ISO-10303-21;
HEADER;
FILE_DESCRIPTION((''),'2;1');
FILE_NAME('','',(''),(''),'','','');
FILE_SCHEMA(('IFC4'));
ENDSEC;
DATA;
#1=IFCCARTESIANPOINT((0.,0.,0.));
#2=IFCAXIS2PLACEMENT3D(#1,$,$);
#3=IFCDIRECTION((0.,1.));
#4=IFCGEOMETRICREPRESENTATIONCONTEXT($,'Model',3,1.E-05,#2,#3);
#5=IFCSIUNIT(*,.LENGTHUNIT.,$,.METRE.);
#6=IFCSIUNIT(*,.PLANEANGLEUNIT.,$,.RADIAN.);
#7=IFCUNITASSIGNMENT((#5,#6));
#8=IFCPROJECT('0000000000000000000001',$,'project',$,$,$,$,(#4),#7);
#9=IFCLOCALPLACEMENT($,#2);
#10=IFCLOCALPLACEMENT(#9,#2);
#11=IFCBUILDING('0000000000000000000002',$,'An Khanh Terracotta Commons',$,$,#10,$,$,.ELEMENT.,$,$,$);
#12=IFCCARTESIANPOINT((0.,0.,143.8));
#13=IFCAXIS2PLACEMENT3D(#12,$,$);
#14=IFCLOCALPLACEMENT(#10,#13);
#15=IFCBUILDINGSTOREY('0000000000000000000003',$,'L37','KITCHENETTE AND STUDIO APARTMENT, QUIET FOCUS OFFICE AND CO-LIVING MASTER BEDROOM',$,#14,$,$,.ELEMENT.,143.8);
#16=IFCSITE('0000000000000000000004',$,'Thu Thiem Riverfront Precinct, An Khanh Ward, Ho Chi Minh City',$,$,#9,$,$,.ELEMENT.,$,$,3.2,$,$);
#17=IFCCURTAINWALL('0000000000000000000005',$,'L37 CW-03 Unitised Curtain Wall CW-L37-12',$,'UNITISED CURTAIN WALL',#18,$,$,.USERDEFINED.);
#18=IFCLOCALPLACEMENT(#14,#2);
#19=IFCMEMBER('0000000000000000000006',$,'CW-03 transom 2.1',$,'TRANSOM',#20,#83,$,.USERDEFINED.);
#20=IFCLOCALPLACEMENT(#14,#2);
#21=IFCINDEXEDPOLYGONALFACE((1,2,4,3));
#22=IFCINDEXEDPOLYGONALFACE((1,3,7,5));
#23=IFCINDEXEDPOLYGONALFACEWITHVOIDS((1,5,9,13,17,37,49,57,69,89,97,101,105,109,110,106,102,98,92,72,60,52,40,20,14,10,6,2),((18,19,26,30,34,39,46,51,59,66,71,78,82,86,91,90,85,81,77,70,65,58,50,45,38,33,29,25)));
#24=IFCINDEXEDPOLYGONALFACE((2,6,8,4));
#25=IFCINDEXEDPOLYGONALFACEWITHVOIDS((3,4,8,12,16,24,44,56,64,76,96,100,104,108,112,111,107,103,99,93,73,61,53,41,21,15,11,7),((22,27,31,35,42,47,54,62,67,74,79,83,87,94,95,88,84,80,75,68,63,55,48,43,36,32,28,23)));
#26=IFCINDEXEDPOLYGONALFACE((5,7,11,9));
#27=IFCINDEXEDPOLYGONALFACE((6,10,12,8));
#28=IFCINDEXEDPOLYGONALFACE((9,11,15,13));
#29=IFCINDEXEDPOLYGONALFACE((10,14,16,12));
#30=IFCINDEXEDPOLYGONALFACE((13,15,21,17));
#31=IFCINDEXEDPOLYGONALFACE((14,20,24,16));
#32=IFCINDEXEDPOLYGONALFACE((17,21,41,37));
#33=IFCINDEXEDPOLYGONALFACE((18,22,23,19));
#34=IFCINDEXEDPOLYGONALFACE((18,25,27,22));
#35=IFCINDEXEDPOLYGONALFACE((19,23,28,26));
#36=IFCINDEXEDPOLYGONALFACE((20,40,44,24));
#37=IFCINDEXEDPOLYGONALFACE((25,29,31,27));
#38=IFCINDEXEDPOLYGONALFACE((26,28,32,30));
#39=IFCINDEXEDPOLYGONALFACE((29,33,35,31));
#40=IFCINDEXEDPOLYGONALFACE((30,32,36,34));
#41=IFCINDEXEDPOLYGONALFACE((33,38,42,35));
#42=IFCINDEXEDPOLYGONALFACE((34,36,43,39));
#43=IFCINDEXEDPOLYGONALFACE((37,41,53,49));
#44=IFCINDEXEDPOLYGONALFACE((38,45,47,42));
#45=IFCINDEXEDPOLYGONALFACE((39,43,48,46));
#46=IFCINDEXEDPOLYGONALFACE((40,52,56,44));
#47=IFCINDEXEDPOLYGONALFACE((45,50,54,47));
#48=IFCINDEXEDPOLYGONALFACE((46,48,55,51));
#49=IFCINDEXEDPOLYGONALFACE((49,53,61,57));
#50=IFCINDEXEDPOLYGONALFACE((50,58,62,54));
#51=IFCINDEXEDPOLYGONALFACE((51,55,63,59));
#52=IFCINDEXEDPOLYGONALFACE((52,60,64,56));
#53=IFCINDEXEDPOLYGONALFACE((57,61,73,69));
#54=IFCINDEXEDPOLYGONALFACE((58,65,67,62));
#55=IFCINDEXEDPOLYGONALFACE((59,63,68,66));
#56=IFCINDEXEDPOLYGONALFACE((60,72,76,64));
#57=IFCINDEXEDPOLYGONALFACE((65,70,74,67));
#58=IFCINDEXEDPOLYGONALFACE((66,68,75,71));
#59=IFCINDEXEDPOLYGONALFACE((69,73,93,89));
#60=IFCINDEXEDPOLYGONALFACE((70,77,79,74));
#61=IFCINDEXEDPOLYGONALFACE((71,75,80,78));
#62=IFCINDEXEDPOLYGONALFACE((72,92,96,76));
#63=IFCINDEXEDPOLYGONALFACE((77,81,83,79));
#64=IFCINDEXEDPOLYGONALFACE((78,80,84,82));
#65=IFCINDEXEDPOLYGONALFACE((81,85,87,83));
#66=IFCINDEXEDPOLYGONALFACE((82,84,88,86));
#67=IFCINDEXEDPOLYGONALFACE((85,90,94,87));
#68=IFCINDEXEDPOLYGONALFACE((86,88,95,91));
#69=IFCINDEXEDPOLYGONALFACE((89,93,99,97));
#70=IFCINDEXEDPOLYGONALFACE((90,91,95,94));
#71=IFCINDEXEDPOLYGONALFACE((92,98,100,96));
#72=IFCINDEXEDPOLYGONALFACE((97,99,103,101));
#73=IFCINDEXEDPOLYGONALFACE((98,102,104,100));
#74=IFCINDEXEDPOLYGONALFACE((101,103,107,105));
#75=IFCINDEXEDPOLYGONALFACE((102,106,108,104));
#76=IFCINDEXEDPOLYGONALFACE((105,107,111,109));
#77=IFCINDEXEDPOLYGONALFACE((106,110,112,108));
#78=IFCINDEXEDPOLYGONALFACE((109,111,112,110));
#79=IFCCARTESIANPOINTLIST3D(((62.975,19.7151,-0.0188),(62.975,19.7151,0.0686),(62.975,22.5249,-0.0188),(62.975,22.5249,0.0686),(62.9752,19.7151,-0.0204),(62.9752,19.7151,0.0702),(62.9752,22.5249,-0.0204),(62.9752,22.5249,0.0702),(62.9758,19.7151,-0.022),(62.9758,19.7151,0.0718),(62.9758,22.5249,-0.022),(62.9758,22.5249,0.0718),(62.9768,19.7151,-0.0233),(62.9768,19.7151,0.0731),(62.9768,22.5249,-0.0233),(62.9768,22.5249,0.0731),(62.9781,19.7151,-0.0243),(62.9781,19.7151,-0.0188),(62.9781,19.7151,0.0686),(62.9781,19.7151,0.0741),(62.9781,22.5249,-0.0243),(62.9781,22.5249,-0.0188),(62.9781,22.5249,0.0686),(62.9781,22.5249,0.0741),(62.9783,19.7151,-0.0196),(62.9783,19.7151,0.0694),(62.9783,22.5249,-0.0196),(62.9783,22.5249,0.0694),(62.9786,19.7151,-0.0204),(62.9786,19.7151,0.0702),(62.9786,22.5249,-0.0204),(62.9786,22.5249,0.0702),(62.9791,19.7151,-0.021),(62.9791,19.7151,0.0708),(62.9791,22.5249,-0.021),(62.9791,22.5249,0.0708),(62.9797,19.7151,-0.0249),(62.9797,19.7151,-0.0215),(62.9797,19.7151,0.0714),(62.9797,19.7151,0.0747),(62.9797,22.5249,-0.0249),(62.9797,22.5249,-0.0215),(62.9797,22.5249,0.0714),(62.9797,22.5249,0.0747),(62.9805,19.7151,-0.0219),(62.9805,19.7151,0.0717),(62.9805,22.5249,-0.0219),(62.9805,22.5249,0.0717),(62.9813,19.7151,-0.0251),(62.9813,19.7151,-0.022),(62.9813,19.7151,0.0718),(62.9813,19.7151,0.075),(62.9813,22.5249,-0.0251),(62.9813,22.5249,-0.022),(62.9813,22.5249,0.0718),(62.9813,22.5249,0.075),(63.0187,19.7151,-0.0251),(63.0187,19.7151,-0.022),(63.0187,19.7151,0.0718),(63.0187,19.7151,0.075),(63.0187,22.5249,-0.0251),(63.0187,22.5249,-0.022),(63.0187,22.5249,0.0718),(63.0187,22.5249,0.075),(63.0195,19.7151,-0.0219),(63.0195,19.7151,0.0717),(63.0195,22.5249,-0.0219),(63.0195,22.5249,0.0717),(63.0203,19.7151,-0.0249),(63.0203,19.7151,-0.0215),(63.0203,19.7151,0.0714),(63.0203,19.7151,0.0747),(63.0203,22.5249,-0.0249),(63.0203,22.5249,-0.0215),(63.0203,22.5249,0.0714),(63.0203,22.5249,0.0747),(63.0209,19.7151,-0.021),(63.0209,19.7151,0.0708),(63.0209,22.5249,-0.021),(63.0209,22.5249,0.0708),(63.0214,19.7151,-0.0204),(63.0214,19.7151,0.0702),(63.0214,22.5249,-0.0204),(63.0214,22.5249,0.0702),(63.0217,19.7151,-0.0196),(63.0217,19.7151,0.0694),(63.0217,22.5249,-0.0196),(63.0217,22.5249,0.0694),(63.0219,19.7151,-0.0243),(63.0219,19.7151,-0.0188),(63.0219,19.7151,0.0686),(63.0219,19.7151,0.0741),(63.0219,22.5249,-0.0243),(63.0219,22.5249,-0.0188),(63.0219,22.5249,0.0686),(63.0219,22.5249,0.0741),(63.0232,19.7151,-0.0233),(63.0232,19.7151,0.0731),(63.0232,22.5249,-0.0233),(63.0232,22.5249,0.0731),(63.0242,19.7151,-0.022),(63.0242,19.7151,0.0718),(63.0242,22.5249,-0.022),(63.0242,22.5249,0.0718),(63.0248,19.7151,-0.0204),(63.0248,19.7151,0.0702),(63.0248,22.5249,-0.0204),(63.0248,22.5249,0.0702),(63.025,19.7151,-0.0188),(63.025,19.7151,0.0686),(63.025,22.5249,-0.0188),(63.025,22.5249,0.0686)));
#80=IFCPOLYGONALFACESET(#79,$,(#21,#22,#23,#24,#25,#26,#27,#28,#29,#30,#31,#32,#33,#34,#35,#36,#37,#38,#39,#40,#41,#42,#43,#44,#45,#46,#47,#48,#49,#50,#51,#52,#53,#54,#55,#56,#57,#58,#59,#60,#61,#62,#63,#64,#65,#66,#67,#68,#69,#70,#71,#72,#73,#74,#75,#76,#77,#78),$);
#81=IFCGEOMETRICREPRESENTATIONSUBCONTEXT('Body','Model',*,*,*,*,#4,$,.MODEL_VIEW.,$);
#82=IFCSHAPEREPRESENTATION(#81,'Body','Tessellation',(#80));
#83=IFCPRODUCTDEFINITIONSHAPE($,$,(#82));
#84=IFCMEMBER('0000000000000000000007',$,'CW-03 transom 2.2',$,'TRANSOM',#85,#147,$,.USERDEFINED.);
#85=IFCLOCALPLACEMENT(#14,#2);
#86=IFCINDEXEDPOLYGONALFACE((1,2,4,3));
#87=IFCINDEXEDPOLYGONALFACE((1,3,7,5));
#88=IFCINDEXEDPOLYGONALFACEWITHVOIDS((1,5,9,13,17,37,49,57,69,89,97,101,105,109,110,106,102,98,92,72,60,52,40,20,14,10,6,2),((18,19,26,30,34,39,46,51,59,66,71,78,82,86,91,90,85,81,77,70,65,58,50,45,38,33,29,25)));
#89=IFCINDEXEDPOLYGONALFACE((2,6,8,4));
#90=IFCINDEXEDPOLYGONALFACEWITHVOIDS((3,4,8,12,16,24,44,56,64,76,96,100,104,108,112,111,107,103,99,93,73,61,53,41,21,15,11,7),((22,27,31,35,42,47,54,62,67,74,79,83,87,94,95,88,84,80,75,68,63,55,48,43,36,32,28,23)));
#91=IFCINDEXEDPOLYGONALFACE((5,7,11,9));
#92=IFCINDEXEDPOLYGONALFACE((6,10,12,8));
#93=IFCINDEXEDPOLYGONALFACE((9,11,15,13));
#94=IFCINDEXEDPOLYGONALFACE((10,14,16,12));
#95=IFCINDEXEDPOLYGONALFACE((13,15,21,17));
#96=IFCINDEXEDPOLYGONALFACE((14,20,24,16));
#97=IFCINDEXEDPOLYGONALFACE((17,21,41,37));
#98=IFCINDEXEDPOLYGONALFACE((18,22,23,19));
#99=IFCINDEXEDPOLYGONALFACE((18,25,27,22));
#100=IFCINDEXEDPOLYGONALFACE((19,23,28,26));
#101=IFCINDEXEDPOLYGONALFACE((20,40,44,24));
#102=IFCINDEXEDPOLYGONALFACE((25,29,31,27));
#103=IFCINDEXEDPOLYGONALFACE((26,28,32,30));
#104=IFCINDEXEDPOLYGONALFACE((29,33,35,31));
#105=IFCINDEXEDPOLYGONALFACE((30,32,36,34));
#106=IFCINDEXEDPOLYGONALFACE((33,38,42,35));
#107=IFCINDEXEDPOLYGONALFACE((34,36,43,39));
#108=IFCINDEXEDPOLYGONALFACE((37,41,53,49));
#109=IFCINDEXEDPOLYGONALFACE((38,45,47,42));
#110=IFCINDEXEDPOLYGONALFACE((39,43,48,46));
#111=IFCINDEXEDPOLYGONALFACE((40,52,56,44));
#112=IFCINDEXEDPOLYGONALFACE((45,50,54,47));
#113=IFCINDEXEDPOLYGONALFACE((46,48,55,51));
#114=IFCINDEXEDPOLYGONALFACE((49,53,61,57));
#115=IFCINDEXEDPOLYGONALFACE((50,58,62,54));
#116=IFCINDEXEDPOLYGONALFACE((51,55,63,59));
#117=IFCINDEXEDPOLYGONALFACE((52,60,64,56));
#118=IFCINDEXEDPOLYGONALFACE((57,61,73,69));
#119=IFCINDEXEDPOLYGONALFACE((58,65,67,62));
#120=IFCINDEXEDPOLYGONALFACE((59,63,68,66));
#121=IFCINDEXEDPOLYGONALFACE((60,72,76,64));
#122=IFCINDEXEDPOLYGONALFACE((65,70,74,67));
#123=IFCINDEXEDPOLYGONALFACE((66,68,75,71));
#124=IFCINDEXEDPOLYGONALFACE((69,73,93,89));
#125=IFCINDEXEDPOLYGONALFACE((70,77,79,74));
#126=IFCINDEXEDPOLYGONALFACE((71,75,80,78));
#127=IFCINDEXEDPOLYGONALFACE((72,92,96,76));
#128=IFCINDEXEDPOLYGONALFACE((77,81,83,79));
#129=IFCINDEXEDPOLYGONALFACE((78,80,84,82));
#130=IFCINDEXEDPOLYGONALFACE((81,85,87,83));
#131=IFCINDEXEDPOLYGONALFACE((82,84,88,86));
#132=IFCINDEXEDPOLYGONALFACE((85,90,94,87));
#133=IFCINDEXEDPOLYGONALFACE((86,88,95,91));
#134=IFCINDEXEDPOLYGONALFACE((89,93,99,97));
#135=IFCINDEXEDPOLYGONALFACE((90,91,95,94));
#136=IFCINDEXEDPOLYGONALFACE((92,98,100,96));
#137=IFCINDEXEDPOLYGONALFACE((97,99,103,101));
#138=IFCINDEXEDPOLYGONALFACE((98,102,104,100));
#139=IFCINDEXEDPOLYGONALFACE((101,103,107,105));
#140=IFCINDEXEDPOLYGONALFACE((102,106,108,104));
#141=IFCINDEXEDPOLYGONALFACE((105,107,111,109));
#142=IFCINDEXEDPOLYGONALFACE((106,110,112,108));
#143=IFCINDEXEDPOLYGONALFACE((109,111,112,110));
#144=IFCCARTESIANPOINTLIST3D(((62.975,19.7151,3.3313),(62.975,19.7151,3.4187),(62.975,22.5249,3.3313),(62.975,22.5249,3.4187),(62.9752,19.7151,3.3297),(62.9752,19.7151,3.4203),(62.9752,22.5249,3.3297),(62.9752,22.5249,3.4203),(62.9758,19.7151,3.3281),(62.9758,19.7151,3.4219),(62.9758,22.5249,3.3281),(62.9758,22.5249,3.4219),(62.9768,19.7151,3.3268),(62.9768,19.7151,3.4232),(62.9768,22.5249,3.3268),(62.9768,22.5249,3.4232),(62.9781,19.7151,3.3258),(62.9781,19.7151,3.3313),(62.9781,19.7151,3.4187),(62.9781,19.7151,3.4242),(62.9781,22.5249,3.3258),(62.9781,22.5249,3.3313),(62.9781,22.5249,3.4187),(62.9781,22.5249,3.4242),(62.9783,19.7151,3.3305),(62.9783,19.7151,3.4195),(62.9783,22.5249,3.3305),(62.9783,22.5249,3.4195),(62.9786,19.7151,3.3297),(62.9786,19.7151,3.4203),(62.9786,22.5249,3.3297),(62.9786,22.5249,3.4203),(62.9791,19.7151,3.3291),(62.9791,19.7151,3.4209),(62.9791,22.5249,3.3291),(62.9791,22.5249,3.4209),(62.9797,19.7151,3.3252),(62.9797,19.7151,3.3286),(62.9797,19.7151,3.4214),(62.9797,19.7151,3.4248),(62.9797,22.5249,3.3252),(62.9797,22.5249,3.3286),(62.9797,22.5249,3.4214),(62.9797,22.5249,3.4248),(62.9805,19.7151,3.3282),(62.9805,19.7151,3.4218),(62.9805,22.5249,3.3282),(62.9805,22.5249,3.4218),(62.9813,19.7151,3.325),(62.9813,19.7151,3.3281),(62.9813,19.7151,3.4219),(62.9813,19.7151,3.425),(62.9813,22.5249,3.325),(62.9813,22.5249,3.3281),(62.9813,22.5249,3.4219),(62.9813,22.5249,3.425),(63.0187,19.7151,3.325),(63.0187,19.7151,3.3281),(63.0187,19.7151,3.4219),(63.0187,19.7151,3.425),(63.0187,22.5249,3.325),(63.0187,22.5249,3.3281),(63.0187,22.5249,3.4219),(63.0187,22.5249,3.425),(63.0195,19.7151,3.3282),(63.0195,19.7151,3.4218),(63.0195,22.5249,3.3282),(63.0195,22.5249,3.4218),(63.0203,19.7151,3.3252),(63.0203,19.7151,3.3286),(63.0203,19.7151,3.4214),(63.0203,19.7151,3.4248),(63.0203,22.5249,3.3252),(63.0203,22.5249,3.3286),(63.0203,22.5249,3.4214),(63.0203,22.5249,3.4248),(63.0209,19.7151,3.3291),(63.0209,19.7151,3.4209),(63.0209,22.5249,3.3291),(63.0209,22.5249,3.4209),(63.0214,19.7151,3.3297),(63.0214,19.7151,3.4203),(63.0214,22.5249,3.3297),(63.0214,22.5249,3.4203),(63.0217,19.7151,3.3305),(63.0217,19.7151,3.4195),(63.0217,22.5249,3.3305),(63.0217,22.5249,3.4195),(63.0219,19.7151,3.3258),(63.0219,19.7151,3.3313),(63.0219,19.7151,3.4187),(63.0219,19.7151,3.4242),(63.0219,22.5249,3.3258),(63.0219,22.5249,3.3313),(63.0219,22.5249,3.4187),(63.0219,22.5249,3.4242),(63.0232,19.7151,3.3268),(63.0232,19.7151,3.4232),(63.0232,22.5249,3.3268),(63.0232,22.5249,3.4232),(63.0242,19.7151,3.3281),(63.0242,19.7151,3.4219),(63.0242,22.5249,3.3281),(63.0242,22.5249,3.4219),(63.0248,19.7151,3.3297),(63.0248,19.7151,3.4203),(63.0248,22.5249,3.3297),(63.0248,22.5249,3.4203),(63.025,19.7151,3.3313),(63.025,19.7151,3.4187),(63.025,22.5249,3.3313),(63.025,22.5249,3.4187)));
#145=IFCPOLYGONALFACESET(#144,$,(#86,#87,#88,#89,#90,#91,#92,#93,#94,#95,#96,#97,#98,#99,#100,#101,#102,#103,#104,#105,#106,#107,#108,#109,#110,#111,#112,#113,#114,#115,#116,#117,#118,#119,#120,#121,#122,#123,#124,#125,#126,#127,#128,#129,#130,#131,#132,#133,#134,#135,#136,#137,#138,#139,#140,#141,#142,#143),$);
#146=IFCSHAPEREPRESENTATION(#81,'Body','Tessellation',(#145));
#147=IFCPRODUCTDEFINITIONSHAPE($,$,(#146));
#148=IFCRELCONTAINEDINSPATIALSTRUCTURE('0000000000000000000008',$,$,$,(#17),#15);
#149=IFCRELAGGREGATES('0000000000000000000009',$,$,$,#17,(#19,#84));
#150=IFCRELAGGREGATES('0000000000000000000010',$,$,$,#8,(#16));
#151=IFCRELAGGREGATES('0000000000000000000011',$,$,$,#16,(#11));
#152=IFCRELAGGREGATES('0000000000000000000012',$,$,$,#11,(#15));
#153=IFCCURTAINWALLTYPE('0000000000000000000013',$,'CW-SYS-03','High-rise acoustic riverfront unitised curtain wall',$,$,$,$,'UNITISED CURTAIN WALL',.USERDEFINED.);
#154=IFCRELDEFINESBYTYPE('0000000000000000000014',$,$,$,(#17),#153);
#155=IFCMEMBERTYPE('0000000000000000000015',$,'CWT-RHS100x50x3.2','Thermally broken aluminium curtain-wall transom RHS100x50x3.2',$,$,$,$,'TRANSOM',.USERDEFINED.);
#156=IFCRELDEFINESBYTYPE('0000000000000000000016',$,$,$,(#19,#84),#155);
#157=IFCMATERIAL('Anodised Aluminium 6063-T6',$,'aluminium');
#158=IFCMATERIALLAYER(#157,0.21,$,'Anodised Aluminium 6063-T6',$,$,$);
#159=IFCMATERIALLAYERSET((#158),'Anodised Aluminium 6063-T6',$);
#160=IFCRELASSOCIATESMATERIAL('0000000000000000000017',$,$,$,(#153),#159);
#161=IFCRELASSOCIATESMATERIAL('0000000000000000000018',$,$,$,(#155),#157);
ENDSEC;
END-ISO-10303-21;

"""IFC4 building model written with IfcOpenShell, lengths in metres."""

from ifc_helpers import new_model, si_unit, direction, frame, origin, origin_2d, place, context, subcontext, project, spatial, hollow_rectangle, extrude, material, layer, layer_set, material_profile, profile_set, type_object, element, aggregate, save


model = new_model("IFC4")

# Units and contexts
model_context = context("Model", 3, precision=1e-05, world=origin(), true_north=direction((0.0, 1.0)))
body_context = subcontext(model_context, "Body", "Model", "MODEL_VIEW")
ifc_project = project(units=[si_unit("LENGTHUNIT", "METRE"), si_unit("PLANEANGLEUNIT", "RADIAN")], contexts=[model_context])

# Site, building, storey
site_placement = place(None, origin())
site = spatial("IfcSite", under=ifc_project, at=site_placement, Name="Thu Thiem Riverfront Precinct, An Khanh Ward, Ho Chi Minh City", CompositionType="ELEMENT", RefElevation=3.2)
building_placement = place(site_placement, origin())
building = spatial("IfcBuilding", under=site, at=building_placement, Name="An Khanh Terracotta Commons", CompositionType="ELEMENT")
storey_placement = place(building_placement, frame((0.0, 0.0, 143.8)))
storey = spatial("IfcBuildingStorey", under=building, at=storey_placement, Name="L37", Description="KITCHENETTE AND STUDIO APARTMENT, QUIET FOCUS OFFICE AND CO-LIVING MASTER BEDROOM", CompositionType="ELEMENT", Elevation=143.8)

# Curtain wall
ifc_material_1 = material(Name="Anodised Aluminium 6063-T6", Category="aluminium")
ifc_layer_1 = layer(ifc_material_1, 0.21, Name="Anodised Aluminium 6063-T6")
ifc_layer_set_1 = layer_set([ifc_layer_1], Name="Anodised Aluminium 6063-T6")
curtain_wall_type = type_object("IfcCurtainWallType", Name="CW-SYS-03", Description="High-rise acoustic riverfront unitised curtain wall", ElementType="UNITISED CURTAIN WALL", PredefinedType="USERDEFINED", material=ifc_layer_set_1)
curtain_wall_1_placement = place(storey_placement, origin())
curtain_wall_1 = element("IfcCurtainWall", 1, at=curtain_wall_1_placement, inside=storey, type_object=curtain_wall_type, Name="L37 CW-03 Unitised Curtain Wall CW-L37-12", ObjectType="UNITISED CURTAIN WALL", PredefinedType="USERDEFINED")

# Members
ifc_material_profile_1 = material_profile(ifc_material_1, hollow_rectangle(XDim=0.05, YDim=0.1001, WallThickness=0.0032, InnerFilletRadius=0.0032, OuterFilletRadius=0.0063, at=origin_2d()), Name="RHS100x50x3.2")
ifc_profile_set_1 = profile_set([ifc_material_profile_1], Name="Anodised Aluminium 6063-T6")
member_type_1 = type_object("IfcMemberType", Name="CWT-RHS100x50x3.2", Description="Thermally broken aluminium curtain-wall transom RHS100x50x3.2", ElementType="TRANSOM", PredefinedType="USERDEFINED", material=ifc_profile_set_1)
member_1_placement = place(storey_placement, frame((63.0, 19.7151, 0.0249), z_axis=(0.0, 1.0, 0.0), x_axis=(-1.0, 0.0, 0.0)))
member_1 = element("IfcMember", 2, at=member_1_placement, type_object=member_type_1, Name="CW-03 transom 2.1", ObjectType="TRANSOM", PredefinedType="USERDEFINED", context=body_context, shape_type="SweptSolid", body=[
    extrude(hollow_rectangle(XDim=0.05, YDim=0.1001, WallThickness=0.0032, InnerFilletRadius=0.0032, OuterFilletRadius=0.0063, at=origin_2d()), origin(), (0.0, 0.0, 1.0), 2.8098),
])
member_2_placement = place(storey_placement, frame((63.0, 19.7151, 3.375), z_axis=(0.0, 1.0, 0.0), x_axis=(-1.0, 0.0, 0.0)))
member_2 = element("IfcMember", 3, at=member_2_placement, type_object=member_type_1, Name="CW-03 transom 2.2", ObjectType="TRANSOM", PredefinedType="USERDEFINED", context=body_context, shape_type="SweptSolid", body=[
    extrude(hollow_rectangle(XDim=0.05, YDim=0.1001, WallThickness=0.0032, InnerFilletRadius=0.0032, OuterFilletRadius=0.0063, at=origin_2d()), origin(), (0.0, 0.0, 1.0), 2.8098),
])

aggregate(curtain_wall_1, [member_1, member_2])

save(model, "model.ifc")
